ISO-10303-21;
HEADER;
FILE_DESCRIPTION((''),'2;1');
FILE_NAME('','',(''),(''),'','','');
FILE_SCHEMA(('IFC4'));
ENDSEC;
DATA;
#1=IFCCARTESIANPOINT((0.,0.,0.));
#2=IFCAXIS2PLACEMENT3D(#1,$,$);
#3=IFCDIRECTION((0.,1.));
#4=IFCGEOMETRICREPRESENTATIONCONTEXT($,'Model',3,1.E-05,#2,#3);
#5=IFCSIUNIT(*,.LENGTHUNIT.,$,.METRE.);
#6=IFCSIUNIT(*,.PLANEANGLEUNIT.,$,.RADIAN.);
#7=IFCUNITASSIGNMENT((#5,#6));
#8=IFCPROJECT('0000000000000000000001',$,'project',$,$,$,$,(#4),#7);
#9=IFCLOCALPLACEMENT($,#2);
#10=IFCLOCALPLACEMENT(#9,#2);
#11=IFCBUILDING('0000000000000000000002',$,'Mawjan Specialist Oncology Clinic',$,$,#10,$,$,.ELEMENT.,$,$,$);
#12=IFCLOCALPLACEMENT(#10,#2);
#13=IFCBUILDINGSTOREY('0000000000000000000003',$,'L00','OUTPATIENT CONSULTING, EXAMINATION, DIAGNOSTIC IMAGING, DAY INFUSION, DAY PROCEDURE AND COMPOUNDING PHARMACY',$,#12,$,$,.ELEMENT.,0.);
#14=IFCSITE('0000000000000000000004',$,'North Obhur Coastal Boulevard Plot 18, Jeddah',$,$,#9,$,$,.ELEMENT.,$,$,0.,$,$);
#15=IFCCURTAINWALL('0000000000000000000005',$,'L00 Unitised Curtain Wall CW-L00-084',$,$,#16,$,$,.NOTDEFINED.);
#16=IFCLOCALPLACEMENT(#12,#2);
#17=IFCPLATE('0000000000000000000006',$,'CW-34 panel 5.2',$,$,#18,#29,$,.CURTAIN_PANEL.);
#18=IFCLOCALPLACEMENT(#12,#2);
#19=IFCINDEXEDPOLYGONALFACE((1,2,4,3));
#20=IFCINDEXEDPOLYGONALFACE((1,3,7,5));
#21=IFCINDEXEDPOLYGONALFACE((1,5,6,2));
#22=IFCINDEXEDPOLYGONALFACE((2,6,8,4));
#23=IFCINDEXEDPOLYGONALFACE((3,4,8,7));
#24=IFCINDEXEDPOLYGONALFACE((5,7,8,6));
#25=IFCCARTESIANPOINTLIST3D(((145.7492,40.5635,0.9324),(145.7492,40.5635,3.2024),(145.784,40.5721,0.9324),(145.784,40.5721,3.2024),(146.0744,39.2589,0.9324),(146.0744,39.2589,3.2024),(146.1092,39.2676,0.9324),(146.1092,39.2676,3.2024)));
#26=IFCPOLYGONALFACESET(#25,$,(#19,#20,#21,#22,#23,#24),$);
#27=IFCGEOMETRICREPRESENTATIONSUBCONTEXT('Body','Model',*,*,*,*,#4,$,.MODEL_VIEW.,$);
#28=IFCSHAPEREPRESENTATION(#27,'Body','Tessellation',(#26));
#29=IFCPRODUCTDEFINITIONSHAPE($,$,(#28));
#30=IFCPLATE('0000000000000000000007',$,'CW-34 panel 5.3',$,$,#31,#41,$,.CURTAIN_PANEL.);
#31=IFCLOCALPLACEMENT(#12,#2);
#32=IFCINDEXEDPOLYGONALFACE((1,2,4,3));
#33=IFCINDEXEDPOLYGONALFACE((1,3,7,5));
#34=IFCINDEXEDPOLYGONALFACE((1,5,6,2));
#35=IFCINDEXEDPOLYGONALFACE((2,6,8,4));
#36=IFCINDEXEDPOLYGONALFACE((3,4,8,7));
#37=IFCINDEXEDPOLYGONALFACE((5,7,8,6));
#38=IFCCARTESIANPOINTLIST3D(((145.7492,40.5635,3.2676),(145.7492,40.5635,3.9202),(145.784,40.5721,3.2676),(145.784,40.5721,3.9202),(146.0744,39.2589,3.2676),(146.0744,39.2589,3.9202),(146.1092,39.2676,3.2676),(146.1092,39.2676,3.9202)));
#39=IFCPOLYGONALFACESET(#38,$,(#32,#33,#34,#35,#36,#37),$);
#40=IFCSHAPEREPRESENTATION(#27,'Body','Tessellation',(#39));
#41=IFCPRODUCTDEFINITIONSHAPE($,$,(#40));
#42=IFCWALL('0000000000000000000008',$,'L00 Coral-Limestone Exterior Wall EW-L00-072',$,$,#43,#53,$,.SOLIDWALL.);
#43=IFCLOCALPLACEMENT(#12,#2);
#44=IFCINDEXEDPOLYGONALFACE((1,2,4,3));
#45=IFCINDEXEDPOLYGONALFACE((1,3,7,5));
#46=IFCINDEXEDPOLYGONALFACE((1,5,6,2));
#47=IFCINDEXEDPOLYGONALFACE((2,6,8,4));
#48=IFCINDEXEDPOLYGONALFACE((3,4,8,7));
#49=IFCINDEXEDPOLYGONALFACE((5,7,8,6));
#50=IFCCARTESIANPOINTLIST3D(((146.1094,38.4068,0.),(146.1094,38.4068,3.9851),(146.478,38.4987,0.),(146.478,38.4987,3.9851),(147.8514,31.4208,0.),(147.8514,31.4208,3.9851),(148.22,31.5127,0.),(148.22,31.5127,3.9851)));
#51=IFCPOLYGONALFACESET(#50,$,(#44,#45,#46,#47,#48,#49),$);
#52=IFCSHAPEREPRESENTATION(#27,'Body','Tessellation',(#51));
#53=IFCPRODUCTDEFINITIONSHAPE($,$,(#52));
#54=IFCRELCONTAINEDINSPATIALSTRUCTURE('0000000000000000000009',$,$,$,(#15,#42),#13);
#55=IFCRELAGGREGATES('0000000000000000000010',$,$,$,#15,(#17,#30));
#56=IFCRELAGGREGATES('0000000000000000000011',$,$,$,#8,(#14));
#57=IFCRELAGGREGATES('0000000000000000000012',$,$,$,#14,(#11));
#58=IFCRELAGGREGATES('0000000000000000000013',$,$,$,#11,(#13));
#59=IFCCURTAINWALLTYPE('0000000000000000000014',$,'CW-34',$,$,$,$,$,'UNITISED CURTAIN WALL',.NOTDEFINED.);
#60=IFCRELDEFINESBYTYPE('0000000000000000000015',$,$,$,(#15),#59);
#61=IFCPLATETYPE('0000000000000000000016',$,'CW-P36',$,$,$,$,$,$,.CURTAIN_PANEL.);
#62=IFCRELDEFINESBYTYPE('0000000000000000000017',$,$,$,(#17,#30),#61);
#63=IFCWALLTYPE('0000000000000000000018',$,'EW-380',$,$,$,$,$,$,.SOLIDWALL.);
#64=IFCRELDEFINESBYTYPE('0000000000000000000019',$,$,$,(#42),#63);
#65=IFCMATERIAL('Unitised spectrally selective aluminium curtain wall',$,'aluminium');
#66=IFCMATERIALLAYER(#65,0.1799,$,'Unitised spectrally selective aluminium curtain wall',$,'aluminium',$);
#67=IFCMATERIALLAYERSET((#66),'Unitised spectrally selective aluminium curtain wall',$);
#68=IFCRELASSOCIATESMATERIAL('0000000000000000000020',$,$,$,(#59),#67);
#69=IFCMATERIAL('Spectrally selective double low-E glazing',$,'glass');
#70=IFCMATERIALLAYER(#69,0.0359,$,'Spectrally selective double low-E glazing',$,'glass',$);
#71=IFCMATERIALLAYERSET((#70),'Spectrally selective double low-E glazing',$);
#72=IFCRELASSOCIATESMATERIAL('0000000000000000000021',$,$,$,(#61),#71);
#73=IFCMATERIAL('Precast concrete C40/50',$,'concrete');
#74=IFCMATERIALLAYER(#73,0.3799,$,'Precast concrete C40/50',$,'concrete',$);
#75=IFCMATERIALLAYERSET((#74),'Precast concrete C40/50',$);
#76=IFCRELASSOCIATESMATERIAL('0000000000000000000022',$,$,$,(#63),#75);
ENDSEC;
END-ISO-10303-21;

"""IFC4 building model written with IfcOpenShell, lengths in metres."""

from ifc_helpers import new_model, si_unit, direction, frame, frame_2d, origin, origin_2d, place, context, subcontext, project, spatial, rectangle, extrude, material, layer, layer_set, type_object, element, aggregate, save


model = new_model("IFC4")

# Units and contexts
model_context = context("Model", 3, precision=1e-05, world=origin(), true_north=direction((0.0, 1.0)))
body_context = subcontext(model_context, "Body", "Model", "MODEL_VIEW")
ifc_project = project(units=[si_unit("LENGTHUNIT", "METRE"), si_unit("PLANEANGLEUNIT", "RADIAN")], contexts=[model_context])

# Site, building, storey
site_placement = place(None, origin())
site = spatial("IfcSite", under=ifc_project, at=site_placement, Name="North Obhur Coastal Boulevard Plot 18, Jeddah", CompositionType="ELEMENT", RefElevation=0.0)
building_placement = place(site_placement, origin())
building = spatial("IfcBuilding", under=site, at=building_placement, Name="Mawjan Specialist Oncology Clinic", CompositionType="ELEMENT")
storey_placement = place(building_placement, origin())
storey = spatial("IfcBuildingStorey", under=building, at=storey_placement, Name="L00", Description="OUTPATIENT CONSULTING, EXAMINATION, DIAGNOSTIC IMAGING, DAY INFUSION, DAY PROCEDURE AND COMPOUNDING PHARMACY", CompositionType="ELEMENT", Elevation=0.0)

# Curtain wall, plates
ifc_material_1 = material(Name="Unitised spectrally selective aluminium curtain wall", Category="aluminium")
ifc_layer_1 = layer(ifc_material_1, 0.1799, Name="Unitised spectrally selective aluminium curtain wall", Category="aluminium")
ifc_layer_set_1 = layer_set([ifc_layer_1], Name="Unitised spectrally selective aluminium curtain wall")
curtain_wall_type = type_object("IfcCurtainWallType", Name="CW-34", ElementType="UNITISED CURTAIN WALL", PredefinedType="NOTDEFINED", material=ifc_layer_set_1)
curtain_wall_placement = place(storey_placement, origin())
curtain_wall = element("IfcCurtainWall", 1, at=curtain_wall_placement, inside=storey, type_object=curtain_wall_type, Name="L00 Unitised Curtain Wall CW-L00-084", PredefinedType="NOTDEFINED")
ifc_material_2 = material(Name="Spectrally selective double low-E glazing", Category="glass")
ifc_layer_2 = layer(ifc_material_2, 0.0359, Name="Spectrally selective double low-E glazing", Category="glass")
ifc_layer_set_2 = layer_set([ifc_layer_2], Name="Spectrally selective double low-E glazing")
plate_type = type_object("IfcPlateType", Name="CW-P36", PredefinedType="CURTAIN_PANEL", material=ifc_layer_set_2)
plate_1_placement = place(storey_placement, frame((145.9292, 39.9155, 0.9324), z_axis=(0.0, 0.0, 1.0), x_axis=(0.241922, -0.970296, 0.0)))
plate_1 = element("IfcPlate", 2, at=plate_1_placement, type_object=plate_type, Name="CW-34 panel 5.2", PredefinedType="CURTAIN_PANEL", context=body_context, shape_type="SweptSolid", body=[
    extrude(rectangle(XDim=1.3445, YDim=0.0359, at=origin_2d()), origin(), (0.0, 0.0, 1.0), 2.27),
])
plate_2_placement = place(storey_placement, frame((145.9292, 39.9155, 3.2676), z_axis=(0.0, 0.0, 1.0), x_axis=(0.241922, -0.970296, 0.0)))
plate_2 = element("IfcPlate", 3, at=plate_2_placement, type_object=plate_type, Name="CW-34 panel 5.3", PredefinedType="CURTAIN_PANEL", context=body_context, shape_type="SweptSolid", body=[
    extrude(rectangle(XDim=1.3445, YDim=0.0359, at=origin_2d()), origin(), (0.0, 0.0, 1.0), 0.6526),
])
aggregate(curtain_wall, [plate_1, plate_2])

# Wall
ifc_material_3 = material(Name="Precast concrete C40/50", Category="concrete")
ifc_layer_3 = layer(ifc_material_3, 0.3799, Name="Precast concrete C40/50", Category="concrete")
ifc_layer_set_3 = layer_set([ifc_layer_3], Name="Precast concrete C40/50")
wall_type = type_object("IfcWallType", Name="EW-380", PredefinedType="SOLIDWALL", material=ifc_layer_set_3)
wall_placement = place(storey_placement, frame((146.2937, 38.4529, 0.0), z_axis=(0.0, 0.0, 1.0), x_axis=(0.241937, -0.970292, 0.0)))
element("IfcWall", 4, at=wall_placement, inside=storey, type_object=wall_type, Name="L00 Coral-Limestone Exterior Wall EW-L00-072", PredefinedType="SOLIDWALL", context=body_context, shape_type="SweptSolid", body=[
    extrude(rectangle(XDim=7.2, YDim=0.3799, at=frame_2d((3.6001, 0.0))), origin(), (0.0, 0.0, 1.0), 3.9851),
])

save(model, "model.ifc")
